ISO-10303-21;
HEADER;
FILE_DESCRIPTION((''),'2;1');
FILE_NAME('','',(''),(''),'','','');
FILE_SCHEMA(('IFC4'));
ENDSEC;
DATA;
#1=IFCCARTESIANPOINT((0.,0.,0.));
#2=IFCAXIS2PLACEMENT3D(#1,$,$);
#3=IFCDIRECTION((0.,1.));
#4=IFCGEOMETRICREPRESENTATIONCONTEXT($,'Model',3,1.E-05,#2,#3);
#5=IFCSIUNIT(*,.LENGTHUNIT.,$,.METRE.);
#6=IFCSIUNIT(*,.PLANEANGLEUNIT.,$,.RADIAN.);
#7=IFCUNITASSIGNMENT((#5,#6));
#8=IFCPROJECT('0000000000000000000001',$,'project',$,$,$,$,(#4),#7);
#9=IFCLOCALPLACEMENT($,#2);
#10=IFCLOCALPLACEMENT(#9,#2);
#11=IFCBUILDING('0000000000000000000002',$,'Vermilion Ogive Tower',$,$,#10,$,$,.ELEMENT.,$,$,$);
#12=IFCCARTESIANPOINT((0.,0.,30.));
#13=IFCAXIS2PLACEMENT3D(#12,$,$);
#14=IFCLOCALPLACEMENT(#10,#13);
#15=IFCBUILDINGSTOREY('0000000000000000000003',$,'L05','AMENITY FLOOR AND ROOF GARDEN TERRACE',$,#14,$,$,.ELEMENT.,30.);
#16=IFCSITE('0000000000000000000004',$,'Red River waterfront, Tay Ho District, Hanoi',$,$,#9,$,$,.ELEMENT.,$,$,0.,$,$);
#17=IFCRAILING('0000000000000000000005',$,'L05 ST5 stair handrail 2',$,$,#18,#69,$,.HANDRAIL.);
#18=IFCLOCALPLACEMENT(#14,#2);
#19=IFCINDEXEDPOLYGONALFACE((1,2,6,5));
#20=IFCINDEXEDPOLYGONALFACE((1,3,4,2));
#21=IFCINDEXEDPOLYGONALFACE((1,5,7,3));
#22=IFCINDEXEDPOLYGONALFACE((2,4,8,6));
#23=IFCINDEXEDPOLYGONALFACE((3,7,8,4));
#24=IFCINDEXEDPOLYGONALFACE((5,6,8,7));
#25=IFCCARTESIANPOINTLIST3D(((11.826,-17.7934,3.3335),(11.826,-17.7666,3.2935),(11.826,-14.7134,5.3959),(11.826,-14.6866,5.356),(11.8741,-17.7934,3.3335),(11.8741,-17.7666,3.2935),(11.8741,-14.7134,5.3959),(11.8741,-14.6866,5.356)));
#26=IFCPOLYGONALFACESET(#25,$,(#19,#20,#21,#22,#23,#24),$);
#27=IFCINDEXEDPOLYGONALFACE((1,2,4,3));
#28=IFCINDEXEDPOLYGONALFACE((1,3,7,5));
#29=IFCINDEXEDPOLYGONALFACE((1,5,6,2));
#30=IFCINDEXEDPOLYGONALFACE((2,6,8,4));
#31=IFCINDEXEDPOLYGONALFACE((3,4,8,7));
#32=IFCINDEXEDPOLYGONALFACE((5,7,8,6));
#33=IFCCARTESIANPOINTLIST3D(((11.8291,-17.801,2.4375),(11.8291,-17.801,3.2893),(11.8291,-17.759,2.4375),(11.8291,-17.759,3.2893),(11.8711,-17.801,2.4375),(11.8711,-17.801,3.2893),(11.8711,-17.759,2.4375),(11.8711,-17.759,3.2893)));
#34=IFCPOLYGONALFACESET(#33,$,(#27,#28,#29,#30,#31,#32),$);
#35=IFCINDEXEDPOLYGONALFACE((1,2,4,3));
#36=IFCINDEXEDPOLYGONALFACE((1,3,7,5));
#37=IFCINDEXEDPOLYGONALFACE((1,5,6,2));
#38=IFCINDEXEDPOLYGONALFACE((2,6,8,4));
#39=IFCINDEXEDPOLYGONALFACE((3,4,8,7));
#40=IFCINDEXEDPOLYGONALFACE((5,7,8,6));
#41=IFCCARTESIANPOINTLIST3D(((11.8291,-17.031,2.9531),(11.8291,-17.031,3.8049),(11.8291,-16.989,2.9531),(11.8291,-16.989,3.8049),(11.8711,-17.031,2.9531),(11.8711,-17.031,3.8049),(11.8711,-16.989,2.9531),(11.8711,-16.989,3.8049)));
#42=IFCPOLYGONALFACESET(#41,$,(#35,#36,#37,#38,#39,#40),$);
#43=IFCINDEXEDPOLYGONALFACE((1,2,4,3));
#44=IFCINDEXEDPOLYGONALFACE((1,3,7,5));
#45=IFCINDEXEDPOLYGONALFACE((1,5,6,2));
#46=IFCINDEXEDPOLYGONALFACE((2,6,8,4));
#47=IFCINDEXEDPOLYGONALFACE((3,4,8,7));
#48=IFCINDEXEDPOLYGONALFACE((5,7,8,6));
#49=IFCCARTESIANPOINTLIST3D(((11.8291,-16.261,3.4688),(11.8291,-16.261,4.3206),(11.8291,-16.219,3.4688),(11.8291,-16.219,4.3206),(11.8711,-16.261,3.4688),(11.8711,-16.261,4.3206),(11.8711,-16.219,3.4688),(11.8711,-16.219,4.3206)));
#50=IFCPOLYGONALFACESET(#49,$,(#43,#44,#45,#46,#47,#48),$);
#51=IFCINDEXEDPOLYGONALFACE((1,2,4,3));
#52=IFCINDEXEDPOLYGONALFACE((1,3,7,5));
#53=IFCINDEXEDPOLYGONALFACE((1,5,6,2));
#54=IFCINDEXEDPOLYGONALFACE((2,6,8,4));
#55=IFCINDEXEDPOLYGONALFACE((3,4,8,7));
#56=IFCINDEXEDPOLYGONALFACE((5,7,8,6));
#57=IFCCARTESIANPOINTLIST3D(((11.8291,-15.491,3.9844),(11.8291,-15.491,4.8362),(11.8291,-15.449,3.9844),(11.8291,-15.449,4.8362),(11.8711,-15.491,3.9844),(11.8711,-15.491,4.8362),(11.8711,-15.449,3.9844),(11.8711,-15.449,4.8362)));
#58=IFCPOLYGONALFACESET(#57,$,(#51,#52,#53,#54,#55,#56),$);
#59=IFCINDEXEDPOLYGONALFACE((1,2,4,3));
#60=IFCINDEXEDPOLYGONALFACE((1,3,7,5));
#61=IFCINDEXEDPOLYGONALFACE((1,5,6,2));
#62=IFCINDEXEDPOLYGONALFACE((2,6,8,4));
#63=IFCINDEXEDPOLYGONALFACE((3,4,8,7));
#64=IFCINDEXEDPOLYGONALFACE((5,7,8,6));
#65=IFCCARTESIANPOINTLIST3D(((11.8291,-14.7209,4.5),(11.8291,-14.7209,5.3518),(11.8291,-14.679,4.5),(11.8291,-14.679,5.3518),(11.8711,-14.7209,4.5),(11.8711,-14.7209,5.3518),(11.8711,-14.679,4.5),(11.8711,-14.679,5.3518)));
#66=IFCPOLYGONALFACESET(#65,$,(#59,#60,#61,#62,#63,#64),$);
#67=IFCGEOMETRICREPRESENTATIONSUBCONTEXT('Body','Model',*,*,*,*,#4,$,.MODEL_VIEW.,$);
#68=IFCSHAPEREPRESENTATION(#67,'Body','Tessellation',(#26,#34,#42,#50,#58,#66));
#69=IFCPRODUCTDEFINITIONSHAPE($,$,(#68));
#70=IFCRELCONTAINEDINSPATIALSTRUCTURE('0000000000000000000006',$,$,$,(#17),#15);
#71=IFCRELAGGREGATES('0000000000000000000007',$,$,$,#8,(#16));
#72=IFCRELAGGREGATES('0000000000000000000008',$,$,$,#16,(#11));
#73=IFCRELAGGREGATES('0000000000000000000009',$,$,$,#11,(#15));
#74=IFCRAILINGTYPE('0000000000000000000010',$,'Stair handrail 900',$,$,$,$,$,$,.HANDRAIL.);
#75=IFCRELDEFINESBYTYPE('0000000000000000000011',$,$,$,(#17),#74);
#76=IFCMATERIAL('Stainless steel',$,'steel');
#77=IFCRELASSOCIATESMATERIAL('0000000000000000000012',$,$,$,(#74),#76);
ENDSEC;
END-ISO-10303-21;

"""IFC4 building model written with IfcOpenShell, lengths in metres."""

from ifc_helpers import new_model, si_unit, direction, frame, origin, origin_2d, place, context, subcontext, project, spatial, rectangle, extrude, material, type_object, element, save


model = new_model("IFC4")

# Units and contexts
model_context = context("Model", 3, precision=1e-05, world=origin(), true_north=direction((0.0, 1.0)))
body_context = subcontext(model_context, "Body", "Model", "MODEL_VIEW")
ifc_project = project(units=[si_unit("LENGTHUNIT", "METRE"), si_unit("PLANEANGLEUNIT", "RADIAN")], contexts=[model_context])

# Site, building, storey
site_placement = place(None, origin())
site = spatial("IfcSite", under=ifc_project, at=site_placement, Name="Red River waterfront, Tay Ho District, Hanoi", CompositionType="ELEMENT", RefElevation=0.0)
building_placement = place(site_placement, origin())
building = spatial("IfcBuilding", under=site, at=building_placement, Name="Vermilion Ogive Tower", CompositionType="ELEMENT")
storey_placement = place(building_placement, frame((0.0, 0.0, 30.0)))
storey = spatial("IfcBuildingStorey", under=building, at=storey_placement, Name="L05", Description="AMENITY FLOOR AND ROOF GARDEN TERRACE", CompositionType="ELEMENT", Elevation=30.0)

# Railing
ifc_material_1 = material(Name="Stainless steel", Category="steel")
railing_type_1 = type_object("IfcRailingType", Name="Stair handrail 900", PredefinedType="HANDRAIL", material=ifc_material_1)
railing_1_placement = place(storey_placement, frame((11.8501, -17.78, 2.4375)))
element("IfcRailing", 1, at=railing_1_placement, inside=storey, type_object=railing_type_1, Name="L05 ST5 stair handrail 2", PredefinedType="HANDRAIL", context=body_context, shape_type="SweptSolid", body=[
    extrude(rectangle(XDim=0.0481, YDim=0.0481, at=origin_2d()), frame((0.0, 0.0, 0.876), z_axis=(0.0, 0.830914, 0.556401), x_axis=(-1.0, 0.0, 0.0)), (0.0, 0.0, 1.0), 3.7068),
    extrude(rectangle(XDim=0.042, YDim=0.042, at=origin_2d()), origin(), (0.0, 0.0, 1.0), 0.8518),
    extrude(rectangle(XDim=0.042, YDim=0.042, at=origin_2d()), frame((0.0, 0.77, 0.5156)), (0.0, 0.0, 1.0), 0.8518),
    extrude(rectangle(XDim=0.042, YDim=0.042, at=origin_2d()), frame((0.0, 1.54, 1.0312)), (0.0, 0.0, 1.0), 0.8518),
    extrude(rectangle(XDim=0.042, YDim=0.042, at=origin_2d()), frame((0.0, 2.3101, 1.5469)), (0.0, 0.0, 1.0), 0.8518),
    extrude(rectangle(XDim=0.042, YDim=0.042, at=origin_2d()), frame((0.0, 3.0801, 2.0625)), (0.0, 0.0, 1.0), 0.8518),
])

save(model, "model.ifc")
